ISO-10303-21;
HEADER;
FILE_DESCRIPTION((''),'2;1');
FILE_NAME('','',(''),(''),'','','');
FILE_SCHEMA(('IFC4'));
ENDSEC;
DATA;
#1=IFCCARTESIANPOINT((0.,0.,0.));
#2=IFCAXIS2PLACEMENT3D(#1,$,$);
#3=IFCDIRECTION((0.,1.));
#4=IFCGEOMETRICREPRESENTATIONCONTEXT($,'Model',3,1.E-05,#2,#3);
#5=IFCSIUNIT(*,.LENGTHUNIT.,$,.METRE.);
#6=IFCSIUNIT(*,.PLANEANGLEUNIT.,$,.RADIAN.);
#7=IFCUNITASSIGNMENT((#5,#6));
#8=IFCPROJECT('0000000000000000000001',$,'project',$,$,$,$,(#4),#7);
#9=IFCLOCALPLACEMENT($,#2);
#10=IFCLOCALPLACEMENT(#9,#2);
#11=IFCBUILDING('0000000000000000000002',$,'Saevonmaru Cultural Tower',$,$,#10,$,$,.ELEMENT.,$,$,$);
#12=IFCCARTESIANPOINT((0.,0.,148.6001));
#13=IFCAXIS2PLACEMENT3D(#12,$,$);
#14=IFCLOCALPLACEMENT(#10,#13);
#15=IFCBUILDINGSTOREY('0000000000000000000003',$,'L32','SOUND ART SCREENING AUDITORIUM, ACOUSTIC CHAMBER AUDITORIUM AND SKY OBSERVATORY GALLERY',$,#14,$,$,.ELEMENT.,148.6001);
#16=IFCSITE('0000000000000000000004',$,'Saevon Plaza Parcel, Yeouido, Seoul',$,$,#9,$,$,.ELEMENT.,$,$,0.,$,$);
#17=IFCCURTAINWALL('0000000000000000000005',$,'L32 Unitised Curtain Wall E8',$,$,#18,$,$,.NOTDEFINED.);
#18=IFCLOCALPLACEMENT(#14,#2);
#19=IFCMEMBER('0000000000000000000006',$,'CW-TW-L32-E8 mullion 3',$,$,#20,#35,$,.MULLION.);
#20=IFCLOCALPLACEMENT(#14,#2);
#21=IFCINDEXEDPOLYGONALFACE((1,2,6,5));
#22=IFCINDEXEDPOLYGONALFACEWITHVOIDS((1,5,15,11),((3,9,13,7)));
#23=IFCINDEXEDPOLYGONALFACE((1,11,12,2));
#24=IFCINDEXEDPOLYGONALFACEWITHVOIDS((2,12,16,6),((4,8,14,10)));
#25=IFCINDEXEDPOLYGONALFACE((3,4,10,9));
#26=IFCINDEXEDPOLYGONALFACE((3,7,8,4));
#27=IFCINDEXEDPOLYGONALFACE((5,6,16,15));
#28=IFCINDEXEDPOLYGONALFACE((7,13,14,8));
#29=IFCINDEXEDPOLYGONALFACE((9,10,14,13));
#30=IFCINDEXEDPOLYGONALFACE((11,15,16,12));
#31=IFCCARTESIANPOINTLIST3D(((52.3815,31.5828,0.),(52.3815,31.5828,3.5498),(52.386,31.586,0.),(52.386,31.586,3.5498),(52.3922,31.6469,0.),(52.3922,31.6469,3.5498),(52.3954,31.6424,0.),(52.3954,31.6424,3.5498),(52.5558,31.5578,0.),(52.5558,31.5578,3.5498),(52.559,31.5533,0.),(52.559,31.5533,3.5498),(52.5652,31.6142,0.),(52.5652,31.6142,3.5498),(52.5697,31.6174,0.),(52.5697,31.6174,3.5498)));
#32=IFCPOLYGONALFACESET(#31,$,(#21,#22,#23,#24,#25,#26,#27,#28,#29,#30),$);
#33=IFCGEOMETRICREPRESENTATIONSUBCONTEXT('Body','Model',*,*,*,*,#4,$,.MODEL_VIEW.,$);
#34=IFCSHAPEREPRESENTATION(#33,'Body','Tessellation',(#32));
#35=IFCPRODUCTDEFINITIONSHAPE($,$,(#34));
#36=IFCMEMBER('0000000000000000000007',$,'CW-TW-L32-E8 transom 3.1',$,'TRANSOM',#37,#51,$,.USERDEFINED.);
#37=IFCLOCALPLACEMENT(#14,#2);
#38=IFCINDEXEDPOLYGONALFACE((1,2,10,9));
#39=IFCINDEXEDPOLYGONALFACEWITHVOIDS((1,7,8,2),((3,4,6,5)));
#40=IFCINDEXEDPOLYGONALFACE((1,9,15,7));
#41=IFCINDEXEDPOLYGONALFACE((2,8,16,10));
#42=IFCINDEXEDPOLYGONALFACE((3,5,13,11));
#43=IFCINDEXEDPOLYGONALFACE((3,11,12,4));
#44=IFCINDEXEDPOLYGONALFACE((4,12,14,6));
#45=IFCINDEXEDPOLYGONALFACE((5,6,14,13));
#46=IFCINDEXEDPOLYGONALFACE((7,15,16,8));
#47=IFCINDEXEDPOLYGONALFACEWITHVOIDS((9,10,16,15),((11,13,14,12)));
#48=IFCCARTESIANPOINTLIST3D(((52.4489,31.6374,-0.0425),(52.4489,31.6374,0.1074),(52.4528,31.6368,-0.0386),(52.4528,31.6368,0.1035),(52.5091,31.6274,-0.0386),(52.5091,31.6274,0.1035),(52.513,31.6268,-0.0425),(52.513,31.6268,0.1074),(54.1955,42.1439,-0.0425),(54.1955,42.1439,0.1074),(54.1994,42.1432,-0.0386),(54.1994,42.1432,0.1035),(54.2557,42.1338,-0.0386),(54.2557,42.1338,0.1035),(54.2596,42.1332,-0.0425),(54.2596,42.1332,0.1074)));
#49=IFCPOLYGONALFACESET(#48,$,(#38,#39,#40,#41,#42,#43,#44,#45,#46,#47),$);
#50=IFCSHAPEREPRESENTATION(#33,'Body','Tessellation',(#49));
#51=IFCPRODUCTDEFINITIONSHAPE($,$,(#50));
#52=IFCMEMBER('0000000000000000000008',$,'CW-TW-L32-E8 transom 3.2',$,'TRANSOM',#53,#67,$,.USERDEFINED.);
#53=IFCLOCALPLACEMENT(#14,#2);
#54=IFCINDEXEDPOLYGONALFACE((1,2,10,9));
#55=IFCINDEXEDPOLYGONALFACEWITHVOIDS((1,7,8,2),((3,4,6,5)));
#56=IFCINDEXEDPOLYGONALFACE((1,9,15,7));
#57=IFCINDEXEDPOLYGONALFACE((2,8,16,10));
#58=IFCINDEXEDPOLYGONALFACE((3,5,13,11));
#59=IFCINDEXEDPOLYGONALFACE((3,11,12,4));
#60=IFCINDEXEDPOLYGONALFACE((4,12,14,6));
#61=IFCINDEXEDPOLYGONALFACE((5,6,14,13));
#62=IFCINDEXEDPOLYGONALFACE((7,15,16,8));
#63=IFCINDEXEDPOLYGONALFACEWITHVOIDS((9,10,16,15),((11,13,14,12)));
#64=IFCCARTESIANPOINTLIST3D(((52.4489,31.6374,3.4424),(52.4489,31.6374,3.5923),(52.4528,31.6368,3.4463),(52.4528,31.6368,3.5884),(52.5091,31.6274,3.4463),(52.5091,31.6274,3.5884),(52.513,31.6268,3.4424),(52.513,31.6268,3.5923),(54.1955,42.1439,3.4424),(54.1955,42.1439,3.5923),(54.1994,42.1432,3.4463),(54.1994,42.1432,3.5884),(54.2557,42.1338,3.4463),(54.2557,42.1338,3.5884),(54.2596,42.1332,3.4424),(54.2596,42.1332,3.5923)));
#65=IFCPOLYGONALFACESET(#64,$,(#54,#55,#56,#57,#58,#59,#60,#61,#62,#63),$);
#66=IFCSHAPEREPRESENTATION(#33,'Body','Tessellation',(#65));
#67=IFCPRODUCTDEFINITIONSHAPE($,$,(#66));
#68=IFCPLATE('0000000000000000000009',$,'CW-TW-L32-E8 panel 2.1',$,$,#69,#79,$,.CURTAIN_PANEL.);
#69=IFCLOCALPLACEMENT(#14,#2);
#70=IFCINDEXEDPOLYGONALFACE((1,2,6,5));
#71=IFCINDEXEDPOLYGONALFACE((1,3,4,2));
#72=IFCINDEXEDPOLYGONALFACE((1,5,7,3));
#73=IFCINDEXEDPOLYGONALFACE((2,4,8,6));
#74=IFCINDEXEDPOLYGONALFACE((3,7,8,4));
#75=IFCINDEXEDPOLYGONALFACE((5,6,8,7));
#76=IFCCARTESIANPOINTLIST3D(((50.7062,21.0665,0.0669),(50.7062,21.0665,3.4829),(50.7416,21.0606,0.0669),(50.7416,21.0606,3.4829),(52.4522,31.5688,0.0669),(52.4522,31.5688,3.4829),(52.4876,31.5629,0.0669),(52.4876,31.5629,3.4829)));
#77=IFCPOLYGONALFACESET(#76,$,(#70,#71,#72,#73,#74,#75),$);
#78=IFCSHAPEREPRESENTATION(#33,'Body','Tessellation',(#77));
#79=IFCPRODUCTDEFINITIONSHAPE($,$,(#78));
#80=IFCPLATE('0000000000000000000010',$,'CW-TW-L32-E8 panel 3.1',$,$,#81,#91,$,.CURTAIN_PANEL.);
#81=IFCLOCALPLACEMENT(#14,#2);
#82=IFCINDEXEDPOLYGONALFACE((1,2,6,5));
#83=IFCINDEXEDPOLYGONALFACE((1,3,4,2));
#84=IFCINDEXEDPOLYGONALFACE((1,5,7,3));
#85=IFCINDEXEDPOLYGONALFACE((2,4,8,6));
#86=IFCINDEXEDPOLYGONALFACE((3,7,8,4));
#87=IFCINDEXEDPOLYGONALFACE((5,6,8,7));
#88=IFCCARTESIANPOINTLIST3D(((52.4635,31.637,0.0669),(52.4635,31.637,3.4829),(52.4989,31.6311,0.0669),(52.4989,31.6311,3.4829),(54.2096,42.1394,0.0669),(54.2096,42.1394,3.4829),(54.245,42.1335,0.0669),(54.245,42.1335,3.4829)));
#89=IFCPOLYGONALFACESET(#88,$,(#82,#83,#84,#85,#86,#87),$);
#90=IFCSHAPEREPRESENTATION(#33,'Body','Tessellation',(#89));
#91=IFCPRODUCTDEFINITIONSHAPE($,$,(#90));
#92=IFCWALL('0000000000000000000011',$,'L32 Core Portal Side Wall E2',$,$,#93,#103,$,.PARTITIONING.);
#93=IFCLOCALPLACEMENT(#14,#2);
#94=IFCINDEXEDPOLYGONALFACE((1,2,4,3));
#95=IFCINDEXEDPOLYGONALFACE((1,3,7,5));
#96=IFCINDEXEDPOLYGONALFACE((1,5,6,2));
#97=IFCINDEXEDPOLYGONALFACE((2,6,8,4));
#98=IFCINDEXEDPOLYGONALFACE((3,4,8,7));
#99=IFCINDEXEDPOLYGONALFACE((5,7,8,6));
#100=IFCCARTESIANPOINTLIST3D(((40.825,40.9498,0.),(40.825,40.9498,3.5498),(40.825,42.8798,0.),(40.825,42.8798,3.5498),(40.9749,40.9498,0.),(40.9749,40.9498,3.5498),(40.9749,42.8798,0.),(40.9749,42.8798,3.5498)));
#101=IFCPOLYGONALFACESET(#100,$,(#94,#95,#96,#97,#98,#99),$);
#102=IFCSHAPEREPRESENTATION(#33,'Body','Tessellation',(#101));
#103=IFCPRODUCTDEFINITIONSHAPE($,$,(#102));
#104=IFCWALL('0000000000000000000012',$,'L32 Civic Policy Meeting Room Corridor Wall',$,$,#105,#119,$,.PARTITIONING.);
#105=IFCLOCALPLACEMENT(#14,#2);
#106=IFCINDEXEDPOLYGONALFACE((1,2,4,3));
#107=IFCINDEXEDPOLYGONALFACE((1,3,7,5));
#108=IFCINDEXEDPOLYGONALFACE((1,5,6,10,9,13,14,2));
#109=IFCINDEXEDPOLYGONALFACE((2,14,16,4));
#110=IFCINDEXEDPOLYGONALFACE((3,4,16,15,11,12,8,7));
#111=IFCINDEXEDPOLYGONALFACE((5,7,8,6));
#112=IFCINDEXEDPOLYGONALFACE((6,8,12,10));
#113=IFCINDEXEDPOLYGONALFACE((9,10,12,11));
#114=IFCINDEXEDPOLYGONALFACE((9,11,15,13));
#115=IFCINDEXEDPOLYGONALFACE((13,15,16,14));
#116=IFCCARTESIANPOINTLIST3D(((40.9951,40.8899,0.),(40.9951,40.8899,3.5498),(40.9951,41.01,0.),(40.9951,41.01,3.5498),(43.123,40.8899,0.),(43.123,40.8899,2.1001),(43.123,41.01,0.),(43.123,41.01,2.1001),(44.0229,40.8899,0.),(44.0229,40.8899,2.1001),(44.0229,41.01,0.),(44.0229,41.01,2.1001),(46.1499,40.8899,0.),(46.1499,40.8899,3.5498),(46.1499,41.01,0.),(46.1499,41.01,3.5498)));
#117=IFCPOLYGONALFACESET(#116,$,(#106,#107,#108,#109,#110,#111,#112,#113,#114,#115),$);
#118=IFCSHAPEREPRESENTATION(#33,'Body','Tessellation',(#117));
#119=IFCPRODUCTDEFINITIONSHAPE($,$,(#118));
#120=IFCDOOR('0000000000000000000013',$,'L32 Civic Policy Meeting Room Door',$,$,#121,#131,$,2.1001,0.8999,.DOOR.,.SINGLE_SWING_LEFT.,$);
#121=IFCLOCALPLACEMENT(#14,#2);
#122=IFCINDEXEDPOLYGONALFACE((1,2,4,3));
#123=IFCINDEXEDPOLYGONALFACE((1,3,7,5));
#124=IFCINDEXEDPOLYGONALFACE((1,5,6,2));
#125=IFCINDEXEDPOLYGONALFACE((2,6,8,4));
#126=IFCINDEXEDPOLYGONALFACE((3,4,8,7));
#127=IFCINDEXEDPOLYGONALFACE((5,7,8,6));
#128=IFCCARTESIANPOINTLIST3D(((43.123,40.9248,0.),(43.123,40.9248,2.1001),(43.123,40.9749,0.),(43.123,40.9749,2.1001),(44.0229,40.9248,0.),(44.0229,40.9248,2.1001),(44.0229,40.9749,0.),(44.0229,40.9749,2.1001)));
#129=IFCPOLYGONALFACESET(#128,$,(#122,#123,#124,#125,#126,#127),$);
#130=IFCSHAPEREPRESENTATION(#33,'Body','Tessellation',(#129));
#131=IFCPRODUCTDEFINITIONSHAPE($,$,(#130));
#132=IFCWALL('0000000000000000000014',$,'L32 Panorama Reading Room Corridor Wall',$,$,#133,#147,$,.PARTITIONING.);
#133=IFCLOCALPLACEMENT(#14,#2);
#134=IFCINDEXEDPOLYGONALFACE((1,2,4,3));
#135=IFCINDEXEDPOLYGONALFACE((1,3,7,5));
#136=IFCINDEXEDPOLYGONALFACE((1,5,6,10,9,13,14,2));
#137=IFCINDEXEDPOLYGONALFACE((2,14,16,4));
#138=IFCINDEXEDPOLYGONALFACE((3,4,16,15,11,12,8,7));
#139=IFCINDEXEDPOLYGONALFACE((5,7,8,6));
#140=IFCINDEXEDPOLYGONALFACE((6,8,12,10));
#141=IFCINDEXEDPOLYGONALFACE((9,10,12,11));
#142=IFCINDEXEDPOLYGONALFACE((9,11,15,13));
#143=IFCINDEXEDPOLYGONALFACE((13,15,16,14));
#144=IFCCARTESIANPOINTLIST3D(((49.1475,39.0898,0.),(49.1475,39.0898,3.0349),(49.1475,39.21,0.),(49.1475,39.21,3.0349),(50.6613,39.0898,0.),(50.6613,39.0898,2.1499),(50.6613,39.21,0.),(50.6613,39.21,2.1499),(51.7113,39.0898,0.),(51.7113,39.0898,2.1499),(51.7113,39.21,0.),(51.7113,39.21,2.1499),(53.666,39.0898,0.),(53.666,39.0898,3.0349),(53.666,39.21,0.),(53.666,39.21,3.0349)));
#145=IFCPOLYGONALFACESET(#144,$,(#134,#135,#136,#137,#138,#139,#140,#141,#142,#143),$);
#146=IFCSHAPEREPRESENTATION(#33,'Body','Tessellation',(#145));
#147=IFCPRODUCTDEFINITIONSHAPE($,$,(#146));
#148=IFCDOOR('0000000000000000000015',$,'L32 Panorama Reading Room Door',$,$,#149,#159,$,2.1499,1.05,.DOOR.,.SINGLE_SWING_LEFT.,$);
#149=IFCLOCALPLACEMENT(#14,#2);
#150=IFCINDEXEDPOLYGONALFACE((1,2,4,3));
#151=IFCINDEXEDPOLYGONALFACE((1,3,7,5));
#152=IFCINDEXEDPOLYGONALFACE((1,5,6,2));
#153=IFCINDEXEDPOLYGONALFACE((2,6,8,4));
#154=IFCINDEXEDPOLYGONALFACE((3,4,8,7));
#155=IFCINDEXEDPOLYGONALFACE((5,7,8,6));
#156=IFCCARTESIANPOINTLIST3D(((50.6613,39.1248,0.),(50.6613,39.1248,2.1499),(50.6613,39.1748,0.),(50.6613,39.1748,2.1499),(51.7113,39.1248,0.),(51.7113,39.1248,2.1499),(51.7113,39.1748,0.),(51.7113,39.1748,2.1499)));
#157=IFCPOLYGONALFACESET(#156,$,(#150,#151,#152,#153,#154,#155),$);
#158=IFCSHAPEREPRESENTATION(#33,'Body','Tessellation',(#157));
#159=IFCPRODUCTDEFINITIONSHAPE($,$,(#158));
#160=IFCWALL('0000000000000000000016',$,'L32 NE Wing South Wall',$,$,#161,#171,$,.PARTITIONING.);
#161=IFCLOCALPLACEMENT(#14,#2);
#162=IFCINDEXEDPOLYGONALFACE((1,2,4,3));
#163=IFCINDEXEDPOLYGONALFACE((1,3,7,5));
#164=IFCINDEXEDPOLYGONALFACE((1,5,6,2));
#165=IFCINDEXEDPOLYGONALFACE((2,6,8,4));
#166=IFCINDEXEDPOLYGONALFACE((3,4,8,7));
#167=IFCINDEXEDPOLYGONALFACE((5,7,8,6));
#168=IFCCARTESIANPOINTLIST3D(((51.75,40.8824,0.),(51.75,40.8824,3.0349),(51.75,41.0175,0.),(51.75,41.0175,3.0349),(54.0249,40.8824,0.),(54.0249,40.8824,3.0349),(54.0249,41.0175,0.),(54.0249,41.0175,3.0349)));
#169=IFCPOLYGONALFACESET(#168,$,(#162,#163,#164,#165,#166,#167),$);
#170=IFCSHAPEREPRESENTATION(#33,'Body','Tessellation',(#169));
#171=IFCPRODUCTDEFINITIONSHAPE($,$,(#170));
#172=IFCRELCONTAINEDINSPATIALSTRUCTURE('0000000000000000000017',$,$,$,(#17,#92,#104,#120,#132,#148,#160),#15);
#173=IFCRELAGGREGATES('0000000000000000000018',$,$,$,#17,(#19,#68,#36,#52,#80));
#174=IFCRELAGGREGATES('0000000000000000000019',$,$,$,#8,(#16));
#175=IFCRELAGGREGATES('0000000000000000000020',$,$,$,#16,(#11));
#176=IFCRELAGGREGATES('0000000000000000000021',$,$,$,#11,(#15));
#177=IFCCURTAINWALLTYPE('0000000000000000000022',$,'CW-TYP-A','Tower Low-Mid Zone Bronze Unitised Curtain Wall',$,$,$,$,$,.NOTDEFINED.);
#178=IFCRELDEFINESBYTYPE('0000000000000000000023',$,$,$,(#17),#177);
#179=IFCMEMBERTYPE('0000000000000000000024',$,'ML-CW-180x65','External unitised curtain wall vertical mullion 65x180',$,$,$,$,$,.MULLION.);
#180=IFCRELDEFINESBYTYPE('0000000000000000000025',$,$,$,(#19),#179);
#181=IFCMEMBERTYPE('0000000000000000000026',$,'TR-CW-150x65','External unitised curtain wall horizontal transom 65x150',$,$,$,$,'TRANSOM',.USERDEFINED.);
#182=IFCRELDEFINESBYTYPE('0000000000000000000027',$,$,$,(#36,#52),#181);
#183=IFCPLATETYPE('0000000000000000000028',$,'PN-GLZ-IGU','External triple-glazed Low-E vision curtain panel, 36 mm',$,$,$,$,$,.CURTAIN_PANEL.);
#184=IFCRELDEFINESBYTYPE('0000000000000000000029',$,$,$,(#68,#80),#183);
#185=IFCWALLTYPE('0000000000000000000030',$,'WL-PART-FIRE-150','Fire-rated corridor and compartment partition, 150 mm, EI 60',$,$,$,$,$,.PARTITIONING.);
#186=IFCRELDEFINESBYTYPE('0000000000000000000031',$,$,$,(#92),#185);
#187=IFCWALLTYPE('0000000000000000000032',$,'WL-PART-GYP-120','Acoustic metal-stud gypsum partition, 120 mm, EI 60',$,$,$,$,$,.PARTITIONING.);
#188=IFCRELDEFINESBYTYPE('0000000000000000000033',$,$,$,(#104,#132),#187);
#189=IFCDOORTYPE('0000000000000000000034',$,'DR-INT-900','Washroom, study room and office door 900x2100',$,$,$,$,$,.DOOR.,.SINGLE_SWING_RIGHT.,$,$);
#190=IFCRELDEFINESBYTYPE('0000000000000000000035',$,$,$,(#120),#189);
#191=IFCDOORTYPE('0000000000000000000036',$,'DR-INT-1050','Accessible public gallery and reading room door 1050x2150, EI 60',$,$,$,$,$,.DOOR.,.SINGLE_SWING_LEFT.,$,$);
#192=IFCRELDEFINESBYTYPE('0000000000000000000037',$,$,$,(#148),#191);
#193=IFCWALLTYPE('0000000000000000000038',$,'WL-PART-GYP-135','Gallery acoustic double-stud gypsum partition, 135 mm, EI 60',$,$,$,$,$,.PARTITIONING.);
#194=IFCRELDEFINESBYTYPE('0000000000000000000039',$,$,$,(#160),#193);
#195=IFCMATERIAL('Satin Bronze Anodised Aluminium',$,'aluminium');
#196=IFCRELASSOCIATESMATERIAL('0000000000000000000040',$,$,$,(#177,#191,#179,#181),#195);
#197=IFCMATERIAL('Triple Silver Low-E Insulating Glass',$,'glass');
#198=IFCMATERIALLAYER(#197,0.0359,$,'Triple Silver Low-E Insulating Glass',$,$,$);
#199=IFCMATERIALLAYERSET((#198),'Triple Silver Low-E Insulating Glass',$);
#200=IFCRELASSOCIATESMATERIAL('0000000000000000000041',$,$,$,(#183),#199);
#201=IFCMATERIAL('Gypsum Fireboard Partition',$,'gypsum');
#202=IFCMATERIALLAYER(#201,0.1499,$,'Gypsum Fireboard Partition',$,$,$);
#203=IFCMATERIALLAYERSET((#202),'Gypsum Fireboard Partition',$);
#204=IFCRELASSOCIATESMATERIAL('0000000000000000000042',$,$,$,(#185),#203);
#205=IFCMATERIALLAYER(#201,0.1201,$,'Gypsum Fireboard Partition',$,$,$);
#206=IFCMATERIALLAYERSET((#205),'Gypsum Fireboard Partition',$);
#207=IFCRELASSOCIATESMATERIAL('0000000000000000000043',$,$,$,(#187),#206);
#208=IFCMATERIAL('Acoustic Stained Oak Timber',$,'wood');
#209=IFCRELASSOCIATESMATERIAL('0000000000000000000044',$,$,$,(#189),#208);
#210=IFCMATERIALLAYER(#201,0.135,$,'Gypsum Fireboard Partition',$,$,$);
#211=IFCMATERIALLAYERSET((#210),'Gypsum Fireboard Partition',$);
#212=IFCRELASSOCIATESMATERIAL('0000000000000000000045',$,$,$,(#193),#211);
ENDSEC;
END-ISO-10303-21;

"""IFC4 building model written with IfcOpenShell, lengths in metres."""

from ifc_helpers import new_model, si_unit, direction, frame, frame_2d, origin, origin_2d, place, context, subcontext, project, spatial, rectangle, hollow_rectangle, extrude, material, layer, layer_set, material_profile, profile_set, type_object, element, fill, aggregate, save


model = new_model("IFC4")

# Units and contexts
model_context = context("Model", 3, precision=1e-05, world=origin(), true_north=direction((0.0, 1.0)))
body_context = subcontext(model_context, "Body", "Model", "MODEL_VIEW")
ifc_project = project(units=[si_unit("LENGTHUNIT", "METRE"), si_unit("PLANEANGLEUNIT", "RADIAN")], contexts=[model_context])

# Site, building, storey
site_placement = place(None, origin())
site = spatial("IfcSite", under=ifc_project, at=site_placement, Name="Saevon Plaza Parcel, Yeouido, Seoul", CompositionType="ELEMENT", RefElevation=0.0)
building_placement = place(site_placement, origin())
building = spatial("IfcBuilding", under=site, at=building_placement, Name="Saevonmaru Cultural Tower", CompositionType="ELEMENT")
storey_placement = place(building_placement, frame((0.0, 0.0, 148.6001)))
storey = spatial("IfcBuildingStorey", under=building, at=storey_placement, Name="L32", Description="SOUND ART SCREENING AUDITORIUM, ACOUSTIC CHAMBER AUDITORIUM AND SKY OBSERVATORY GALLERY", CompositionType="ELEMENT", Elevation=148.6001)

# Curtain wall, members, plates
ifc_material_1 = material(Name="Satin Bronze Anodised Aluminium", Category="aluminium")
curtain_wall_type = type_object("IfcCurtainWallType", Name="CW-TYP-A", Description="Tower Low-Mid Zone Bronze Unitised Curtain Wall", PredefinedType="NOTDEFINED", material=ifc_material_1)
curtain_wall_placement = place(storey_placement, origin())
curtain_wall = element("IfcCurtainWall", 1, at=curtain_wall_placement, inside=storey, type_object=curtain_wall_type, Name="L32 Unitised Curtain Wall E8", PredefinedType="NOTDEFINED")
ifc_material_profile_1 = material_profile(ifc_material_1, hollow_rectangle(XDim=0.0649, YDim=0.1799, WallThickness=0.0039, at=origin_2d()), Name="ALU-MULL-180x65x4")
ifc_profile_set_1 = profile_set([ifc_material_profile_1], Name="Satin Bronze Anodised Aluminium")
member_type_1 = type_object("IfcMemberType", Name="ML-CW-180x65", Description="External unitised curtain wall vertical mullion 65x180", PredefinedType="MULLION", material=ifc_profile_set_1)
member_1_placement = place(storey_placement, frame((52.4756, 31.6001, 0.0), z_axis=(0.0, 0.0, 1.0), x_axis=(0.163999, 0.986461, 0.0)))
member_1 = element("IfcMember", 2, at=member_1_placement, type_object=member_type_1, Name="CW-TW-L32-E8 mullion 3", PredefinedType="MULLION", context=body_context, shape_type="SweptSolid", body=[
    extrude(hollow_rectangle(XDim=0.0649, YDim=0.1799, WallThickness=0.0039, at=origin_2d()), origin(), (0.0, 0.0, 1.0), 3.5498),
])
ifc_material_profile_2 = material_profile(ifc_material_1, hollow_rectangle(XDim=0.0649, YDim=0.1499, WallThickness=0.0039, at=origin_2d()), Name="ALU-TRAN-150x65x4")
ifc_profile_set_2 = profile_set([ifc_material_profile_2], Name="Satin Bronze Anodised Aluminium")
member_type_2 = type_object("IfcMemberType", Name="TR-CW-150x65", Description="External unitised curtain wall horizontal transom 65x150", ElementType="TRANSOM", PredefinedType="USERDEFINED", material=ifc_profile_set_2)
member_2_placement = place(storey_placement, frame((52.481, 31.6321, 0.0325), z_axis=(0.16399, 0.986462, 0.0), x_axis=(-0.986462, 0.16399, 0.0)))
member_2 = element("IfcMember", 3, at=member_2_placement, type_object=member_type_2, Name="CW-TW-L32-E8 transom 3.1", ObjectType="TRANSOM", PredefinedType="USERDEFINED", context=body_context, shape_type="SweptSolid", body=[
    extrude(hollow_rectangle(XDim=0.0649, YDim=0.1499, WallThickness=0.0039, at=origin_2d()), origin(), (0.0, 0.0, 1.0), 10.6506),
])
member_3_placement = place(storey_placement, frame((52.481, 31.6321, 3.5173), z_axis=(0.16399, 0.986462, 0.0), x_axis=(-0.986462, 0.16399, 0.0)))
member_3 = element("IfcMember", 4, at=member_3_placement, type_object=member_type_2, Name="CW-TW-L32-E8 transom 3.2", ObjectType="TRANSOM", PredefinedType="USERDEFINED", context=body_context, shape_type="SweptSolid", body=[
    extrude(hollow_rectangle(XDim=0.0649, YDim=0.1499, WallThickness=0.0039, at=origin_2d()), origin(), (0.0, 0.0, 1.0), 10.6506),
])
ifc_material_2 = material(Name="Triple Silver Low-E Insulating Glass", Category="glass")
ifc_layer_1 = layer(ifc_material_2, 0.0359, Name="Triple Silver Low-E Insulating Glass")
ifc_layer_set_1 = layer_set([ifc_layer_1], Name="Triple Silver Low-E Insulating Glass")
plate_type = type_object("IfcPlateType", Name="PN-GLZ-IGU", Description="External triple-glazed Low-E vision curtain panel, 36 mm", PredefinedType="CURTAIN_PANEL", material=ifc_layer_set_1)
plate_1_placement = place(storey_placement, frame((51.5969, 26.3147, 0.0669), z_axis=(0.0, 0.0, 1.0), x_axis=(0.163999, 0.986461, 0.0)))
plate_1 = element("IfcPlate", 5, at=plate_1_placement, type_object=plate_type, Name="CW-TW-L32-E8 panel 2.1", PredefinedType="CURTAIN_PANEL", context=body_context, shape_type="SweptSolid", body=[
    extrude(rectangle(XDim=10.6465, YDim=0.0359, at=origin_2d()), origin(), (0.0, 0.0, 1.0), 3.416),
])
plate_2_placement = place(storey_placement, frame((53.3542, 36.8853, 0.0669), z_axis=(0.0, 0.0, 1.0), x_axis=(0.163999, 0.986461, 0.0)))
plate_2 = element("IfcPlate", 6, at=plate_2_placement, type_object=plate_type, Name="CW-TW-L32-E8 panel 3.1", PredefinedType="CURTAIN_PANEL", context=body_context, shape_type="SweptSolid", body=[
    extrude(rectangle(XDim=10.6465, YDim=0.0359, at=origin_2d()), origin(), (0.0, 0.0, 1.0), 3.416),
])
aggregate(curtain_wall, [member_1, plate_1, member_2, member_3, plate_2])

# Wall
ifc_material_3 = material(Name="Gypsum Fireboard Partition", Category="gypsum")
ifc_layer_2 = layer(ifc_material_3, 0.1499, Name="Gypsum Fireboard Partition")
ifc_layer_set_2 = layer_set([ifc_layer_2], Name="Gypsum Fireboard Partition")
wall_type_1 = type_object("IfcWallType", Name="WL-PART-FIRE-150", Description="Fire-rated corridor and compartment partition, 150 mm, EI 60", PredefinedType="PARTITIONING", material=ifc_layer_set_2)
wall_1_placement = place(storey_placement, frame((40.8999, 40.95, 0.0), z_axis=(0.0, 0.0, 1.0), x_axis=(0.0, 1.0, 0.0)))
element("IfcWall", 7, at=wall_1_placement, inside=storey, type_object=wall_type_1, Name="L32 Core Portal Side Wall E2", PredefinedType="PARTITIONING", context=body_context, shape_type="SweptSolid", body=[
    extrude(rectangle(XDim=1.9299, YDim=0.1499, at=frame_2d((0.9648, 0.0))), origin(), (0.0, 0.0, 1.0), 3.5498),
])

# Walls, openings, doors
door_type_1 = type_object("IfcDoorType", Name="DR-INT-1050", Description="Accessible public gallery and reading room door 1050x2150, EI 60", OperationType="SINGLE_SWING_LEFT", PredefinedType="DOOR", material=ifc_material_1)
ifc_layer_3 = layer(ifc_material_3, 0.1201, Name="Gypsum Fireboard Partition")
ifc_layer_set_3 = layer_set([ifc_layer_3], Name="Gypsum Fireboard Partition")
wall_type_2 = type_object("IfcWallType", Name="WL-PART-GYP-120", Description="Acoustic metal-stud gypsum partition, 120 mm, EI 60", PredefinedType="PARTITIONING", material=ifc_layer_set_3)
wall_2_placement = place(storey_placement, frame((40.9951, 40.95, 0.0), z_axis=(0.0, 0.0, 1.0), x_axis=(1.0, 0.0, 0.0)))
wall_2 = element("IfcWall", 8, at=wall_2_placement, inside=storey, type_object=wall_type_2, Name="L32 Civic Policy Meeting Room Corridor Wall", PredefinedType="PARTITIONING", context=body_context, shape_type="SweptSolid", body=[
    extrude(rectangle(XDim=5.1548, YDim=0.1201, at=frame_2d((2.5774, 0.0))), origin(), (0.0, 0.0, 1.0), 3.5498),
])
opening_1_placement = place(wall_2_placement, frame((2.1279, 0.0, 0.0)))
opening_1 = element("IfcOpeningElement", 9, at=opening_1_placement, cuts=wall_2, PredefinedType="OPENING", context=body_context, shape_type="SweptSolid", body=[
    extrude(rectangle(XDim=0.8999, YDim=2.1001, at=frame_2d((0.45, 1.05))), frame((0.0, 0.0701, 0.0), z_axis=(0.0, -1.0, 0.0), x_axis=(1.0, 0.0, 0.0)), (0.0, 0.0, 1.0), 0.1401),
])
ifc_material_4 = material(Name="Acoustic Stained Oak Timber", Category="wood")
door_type_2 = type_object("IfcDoorType", Name="DR-INT-900", Description="Washroom, study room and office door 900x2100", OperationType="SINGLE_SWING_RIGHT", PredefinedType="DOOR", material=ifc_material_4)
door_1_placement = place(opening_1_placement, origin())
door_1 = element("IfcDoor", 10, at=door_1_placement, inside=storey, type_object=door_type_2, Name="L32 Civic Policy Meeting Room Door", OperationType="SINGLE_SWING_LEFT", OverallHeight=2.1001, OverallWidth=0.8999, PredefinedType="DOOR", context=body_context, shape_type="SweptSolid", body=[
    extrude(rectangle(XDim=0.8999, YDim=2.1001, at=frame_2d((0.45, 1.05))), frame((0.0, 0.0249, 0.0), z_axis=(0.0, -1.0, 0.0), x_axis=(1.0, 0.0, 0.0)), (0.0, 0.0, 1.0), 0.05),
])
fill(opening_1, door_1)
wall_3_placement = place(storey_placement, frame((49.1475, 39.1499, 0.0), z_axis=(0.0, 0.0, 1.0), x_axis=(1.0, 0.0, 0.0)))
wall_3 = element("IfcWall", 11, at=wall_3_placement, inside=storey, type_object=wall_type_2, Name="L32 Panorama Reading Room Corridor Wall", PredefinedType="PARTITIONING", context=body_context, shape_type="SweptSolid", body=[
    extrude(rectangle(XDim=4.5186, YDim=0.1201, at=frame_2d((2.2593, 0.0))), origin(), (0.0, 0.0, 1.0), 3.0349),
])
opening_2_placement = place(wall_3_placement, frame((1.5139, 0.0, 0.0)))
opening_2 = element("IfcOpeningElement", 12, at=opening_2_placement, cuts=wall_3, PredefinedType="OPENING", context=body_context, shape_type="SweptSolid", body=[
    extrude(rectangle(XDim=1.05, YDim=2.1499, at=frame_2d((0.5249, 1.075))), frame((0.0, 0.0701, 0.0), z_axis=(0.0, -1.0, 0.0), x_axis=(1.0, 0.0, 0.0)), (0.0, 0.0, 1.0), 0.1401),
])
door_2_placement = place(opening_2_placement, origin())
door_2 = element("IfcDoor", 13, at=door_2_placement, inside=storey, type_object=door_type_1, Name="L32 Panorama Reading Room Door", OperationType="SINGLE_SWING_LEFT", OverallHeight=2.1499, OverallWidth=1.05, PredefinedType="DOOR", context=body_context, shape_type="SweptSolid", body=[
    extrude(rectangle(XDim=1.05, YDim=2.1499, at=frame_2d((0.5249, 1.075))), frame((0.0, 0.0249, 0.0), z_axis=(0.0, -1.0, 0.0), x_axis=(1.0, 0.0, 0.0)), (0.0, 0.0, 1.0), 0.05),
])
fill(opening_2, door_2)

# Wall
ifc_layer_4 = layer(ifc_material_3, 0.135, Name="Gypsum Fireboard Partition")
ifc_layer_set_4 = layer_set([ifc_layer_4], Name="Gypsum Fireboard Partition")
wall_type_3 = type_object("IfcWallType", Name="WL-PART-GYP-135", Description="Gallery acoustic double-stud gypsum partition, 135 mm, EI 60", PredefinedType="PARTITIONING", material=ifc_layer_set_4)
wall_4_placement = place(storey_placement, frame((51.75, 40.95, 0.0), z_axis=(0.0, 0.0, 1.0), x_axis=(1.0, 0.0, 0.0)))
element("IfcWall", 14, at=wall_4_placement, inside=storey, type_object=wall_type_3, Name="L32 NE Wing South Wall", PredefinedType="PARTITIONING", context=body_context, shape_type="SweptSolid", body=[
    extrude(rectangle(XDim=2.2749, YDim=0.135, at=frame_2d((1.1375, 0.0))), origin(), (0.0, 0.0, 1.0), 3.0349),
])

save(model, "model.ifc")
